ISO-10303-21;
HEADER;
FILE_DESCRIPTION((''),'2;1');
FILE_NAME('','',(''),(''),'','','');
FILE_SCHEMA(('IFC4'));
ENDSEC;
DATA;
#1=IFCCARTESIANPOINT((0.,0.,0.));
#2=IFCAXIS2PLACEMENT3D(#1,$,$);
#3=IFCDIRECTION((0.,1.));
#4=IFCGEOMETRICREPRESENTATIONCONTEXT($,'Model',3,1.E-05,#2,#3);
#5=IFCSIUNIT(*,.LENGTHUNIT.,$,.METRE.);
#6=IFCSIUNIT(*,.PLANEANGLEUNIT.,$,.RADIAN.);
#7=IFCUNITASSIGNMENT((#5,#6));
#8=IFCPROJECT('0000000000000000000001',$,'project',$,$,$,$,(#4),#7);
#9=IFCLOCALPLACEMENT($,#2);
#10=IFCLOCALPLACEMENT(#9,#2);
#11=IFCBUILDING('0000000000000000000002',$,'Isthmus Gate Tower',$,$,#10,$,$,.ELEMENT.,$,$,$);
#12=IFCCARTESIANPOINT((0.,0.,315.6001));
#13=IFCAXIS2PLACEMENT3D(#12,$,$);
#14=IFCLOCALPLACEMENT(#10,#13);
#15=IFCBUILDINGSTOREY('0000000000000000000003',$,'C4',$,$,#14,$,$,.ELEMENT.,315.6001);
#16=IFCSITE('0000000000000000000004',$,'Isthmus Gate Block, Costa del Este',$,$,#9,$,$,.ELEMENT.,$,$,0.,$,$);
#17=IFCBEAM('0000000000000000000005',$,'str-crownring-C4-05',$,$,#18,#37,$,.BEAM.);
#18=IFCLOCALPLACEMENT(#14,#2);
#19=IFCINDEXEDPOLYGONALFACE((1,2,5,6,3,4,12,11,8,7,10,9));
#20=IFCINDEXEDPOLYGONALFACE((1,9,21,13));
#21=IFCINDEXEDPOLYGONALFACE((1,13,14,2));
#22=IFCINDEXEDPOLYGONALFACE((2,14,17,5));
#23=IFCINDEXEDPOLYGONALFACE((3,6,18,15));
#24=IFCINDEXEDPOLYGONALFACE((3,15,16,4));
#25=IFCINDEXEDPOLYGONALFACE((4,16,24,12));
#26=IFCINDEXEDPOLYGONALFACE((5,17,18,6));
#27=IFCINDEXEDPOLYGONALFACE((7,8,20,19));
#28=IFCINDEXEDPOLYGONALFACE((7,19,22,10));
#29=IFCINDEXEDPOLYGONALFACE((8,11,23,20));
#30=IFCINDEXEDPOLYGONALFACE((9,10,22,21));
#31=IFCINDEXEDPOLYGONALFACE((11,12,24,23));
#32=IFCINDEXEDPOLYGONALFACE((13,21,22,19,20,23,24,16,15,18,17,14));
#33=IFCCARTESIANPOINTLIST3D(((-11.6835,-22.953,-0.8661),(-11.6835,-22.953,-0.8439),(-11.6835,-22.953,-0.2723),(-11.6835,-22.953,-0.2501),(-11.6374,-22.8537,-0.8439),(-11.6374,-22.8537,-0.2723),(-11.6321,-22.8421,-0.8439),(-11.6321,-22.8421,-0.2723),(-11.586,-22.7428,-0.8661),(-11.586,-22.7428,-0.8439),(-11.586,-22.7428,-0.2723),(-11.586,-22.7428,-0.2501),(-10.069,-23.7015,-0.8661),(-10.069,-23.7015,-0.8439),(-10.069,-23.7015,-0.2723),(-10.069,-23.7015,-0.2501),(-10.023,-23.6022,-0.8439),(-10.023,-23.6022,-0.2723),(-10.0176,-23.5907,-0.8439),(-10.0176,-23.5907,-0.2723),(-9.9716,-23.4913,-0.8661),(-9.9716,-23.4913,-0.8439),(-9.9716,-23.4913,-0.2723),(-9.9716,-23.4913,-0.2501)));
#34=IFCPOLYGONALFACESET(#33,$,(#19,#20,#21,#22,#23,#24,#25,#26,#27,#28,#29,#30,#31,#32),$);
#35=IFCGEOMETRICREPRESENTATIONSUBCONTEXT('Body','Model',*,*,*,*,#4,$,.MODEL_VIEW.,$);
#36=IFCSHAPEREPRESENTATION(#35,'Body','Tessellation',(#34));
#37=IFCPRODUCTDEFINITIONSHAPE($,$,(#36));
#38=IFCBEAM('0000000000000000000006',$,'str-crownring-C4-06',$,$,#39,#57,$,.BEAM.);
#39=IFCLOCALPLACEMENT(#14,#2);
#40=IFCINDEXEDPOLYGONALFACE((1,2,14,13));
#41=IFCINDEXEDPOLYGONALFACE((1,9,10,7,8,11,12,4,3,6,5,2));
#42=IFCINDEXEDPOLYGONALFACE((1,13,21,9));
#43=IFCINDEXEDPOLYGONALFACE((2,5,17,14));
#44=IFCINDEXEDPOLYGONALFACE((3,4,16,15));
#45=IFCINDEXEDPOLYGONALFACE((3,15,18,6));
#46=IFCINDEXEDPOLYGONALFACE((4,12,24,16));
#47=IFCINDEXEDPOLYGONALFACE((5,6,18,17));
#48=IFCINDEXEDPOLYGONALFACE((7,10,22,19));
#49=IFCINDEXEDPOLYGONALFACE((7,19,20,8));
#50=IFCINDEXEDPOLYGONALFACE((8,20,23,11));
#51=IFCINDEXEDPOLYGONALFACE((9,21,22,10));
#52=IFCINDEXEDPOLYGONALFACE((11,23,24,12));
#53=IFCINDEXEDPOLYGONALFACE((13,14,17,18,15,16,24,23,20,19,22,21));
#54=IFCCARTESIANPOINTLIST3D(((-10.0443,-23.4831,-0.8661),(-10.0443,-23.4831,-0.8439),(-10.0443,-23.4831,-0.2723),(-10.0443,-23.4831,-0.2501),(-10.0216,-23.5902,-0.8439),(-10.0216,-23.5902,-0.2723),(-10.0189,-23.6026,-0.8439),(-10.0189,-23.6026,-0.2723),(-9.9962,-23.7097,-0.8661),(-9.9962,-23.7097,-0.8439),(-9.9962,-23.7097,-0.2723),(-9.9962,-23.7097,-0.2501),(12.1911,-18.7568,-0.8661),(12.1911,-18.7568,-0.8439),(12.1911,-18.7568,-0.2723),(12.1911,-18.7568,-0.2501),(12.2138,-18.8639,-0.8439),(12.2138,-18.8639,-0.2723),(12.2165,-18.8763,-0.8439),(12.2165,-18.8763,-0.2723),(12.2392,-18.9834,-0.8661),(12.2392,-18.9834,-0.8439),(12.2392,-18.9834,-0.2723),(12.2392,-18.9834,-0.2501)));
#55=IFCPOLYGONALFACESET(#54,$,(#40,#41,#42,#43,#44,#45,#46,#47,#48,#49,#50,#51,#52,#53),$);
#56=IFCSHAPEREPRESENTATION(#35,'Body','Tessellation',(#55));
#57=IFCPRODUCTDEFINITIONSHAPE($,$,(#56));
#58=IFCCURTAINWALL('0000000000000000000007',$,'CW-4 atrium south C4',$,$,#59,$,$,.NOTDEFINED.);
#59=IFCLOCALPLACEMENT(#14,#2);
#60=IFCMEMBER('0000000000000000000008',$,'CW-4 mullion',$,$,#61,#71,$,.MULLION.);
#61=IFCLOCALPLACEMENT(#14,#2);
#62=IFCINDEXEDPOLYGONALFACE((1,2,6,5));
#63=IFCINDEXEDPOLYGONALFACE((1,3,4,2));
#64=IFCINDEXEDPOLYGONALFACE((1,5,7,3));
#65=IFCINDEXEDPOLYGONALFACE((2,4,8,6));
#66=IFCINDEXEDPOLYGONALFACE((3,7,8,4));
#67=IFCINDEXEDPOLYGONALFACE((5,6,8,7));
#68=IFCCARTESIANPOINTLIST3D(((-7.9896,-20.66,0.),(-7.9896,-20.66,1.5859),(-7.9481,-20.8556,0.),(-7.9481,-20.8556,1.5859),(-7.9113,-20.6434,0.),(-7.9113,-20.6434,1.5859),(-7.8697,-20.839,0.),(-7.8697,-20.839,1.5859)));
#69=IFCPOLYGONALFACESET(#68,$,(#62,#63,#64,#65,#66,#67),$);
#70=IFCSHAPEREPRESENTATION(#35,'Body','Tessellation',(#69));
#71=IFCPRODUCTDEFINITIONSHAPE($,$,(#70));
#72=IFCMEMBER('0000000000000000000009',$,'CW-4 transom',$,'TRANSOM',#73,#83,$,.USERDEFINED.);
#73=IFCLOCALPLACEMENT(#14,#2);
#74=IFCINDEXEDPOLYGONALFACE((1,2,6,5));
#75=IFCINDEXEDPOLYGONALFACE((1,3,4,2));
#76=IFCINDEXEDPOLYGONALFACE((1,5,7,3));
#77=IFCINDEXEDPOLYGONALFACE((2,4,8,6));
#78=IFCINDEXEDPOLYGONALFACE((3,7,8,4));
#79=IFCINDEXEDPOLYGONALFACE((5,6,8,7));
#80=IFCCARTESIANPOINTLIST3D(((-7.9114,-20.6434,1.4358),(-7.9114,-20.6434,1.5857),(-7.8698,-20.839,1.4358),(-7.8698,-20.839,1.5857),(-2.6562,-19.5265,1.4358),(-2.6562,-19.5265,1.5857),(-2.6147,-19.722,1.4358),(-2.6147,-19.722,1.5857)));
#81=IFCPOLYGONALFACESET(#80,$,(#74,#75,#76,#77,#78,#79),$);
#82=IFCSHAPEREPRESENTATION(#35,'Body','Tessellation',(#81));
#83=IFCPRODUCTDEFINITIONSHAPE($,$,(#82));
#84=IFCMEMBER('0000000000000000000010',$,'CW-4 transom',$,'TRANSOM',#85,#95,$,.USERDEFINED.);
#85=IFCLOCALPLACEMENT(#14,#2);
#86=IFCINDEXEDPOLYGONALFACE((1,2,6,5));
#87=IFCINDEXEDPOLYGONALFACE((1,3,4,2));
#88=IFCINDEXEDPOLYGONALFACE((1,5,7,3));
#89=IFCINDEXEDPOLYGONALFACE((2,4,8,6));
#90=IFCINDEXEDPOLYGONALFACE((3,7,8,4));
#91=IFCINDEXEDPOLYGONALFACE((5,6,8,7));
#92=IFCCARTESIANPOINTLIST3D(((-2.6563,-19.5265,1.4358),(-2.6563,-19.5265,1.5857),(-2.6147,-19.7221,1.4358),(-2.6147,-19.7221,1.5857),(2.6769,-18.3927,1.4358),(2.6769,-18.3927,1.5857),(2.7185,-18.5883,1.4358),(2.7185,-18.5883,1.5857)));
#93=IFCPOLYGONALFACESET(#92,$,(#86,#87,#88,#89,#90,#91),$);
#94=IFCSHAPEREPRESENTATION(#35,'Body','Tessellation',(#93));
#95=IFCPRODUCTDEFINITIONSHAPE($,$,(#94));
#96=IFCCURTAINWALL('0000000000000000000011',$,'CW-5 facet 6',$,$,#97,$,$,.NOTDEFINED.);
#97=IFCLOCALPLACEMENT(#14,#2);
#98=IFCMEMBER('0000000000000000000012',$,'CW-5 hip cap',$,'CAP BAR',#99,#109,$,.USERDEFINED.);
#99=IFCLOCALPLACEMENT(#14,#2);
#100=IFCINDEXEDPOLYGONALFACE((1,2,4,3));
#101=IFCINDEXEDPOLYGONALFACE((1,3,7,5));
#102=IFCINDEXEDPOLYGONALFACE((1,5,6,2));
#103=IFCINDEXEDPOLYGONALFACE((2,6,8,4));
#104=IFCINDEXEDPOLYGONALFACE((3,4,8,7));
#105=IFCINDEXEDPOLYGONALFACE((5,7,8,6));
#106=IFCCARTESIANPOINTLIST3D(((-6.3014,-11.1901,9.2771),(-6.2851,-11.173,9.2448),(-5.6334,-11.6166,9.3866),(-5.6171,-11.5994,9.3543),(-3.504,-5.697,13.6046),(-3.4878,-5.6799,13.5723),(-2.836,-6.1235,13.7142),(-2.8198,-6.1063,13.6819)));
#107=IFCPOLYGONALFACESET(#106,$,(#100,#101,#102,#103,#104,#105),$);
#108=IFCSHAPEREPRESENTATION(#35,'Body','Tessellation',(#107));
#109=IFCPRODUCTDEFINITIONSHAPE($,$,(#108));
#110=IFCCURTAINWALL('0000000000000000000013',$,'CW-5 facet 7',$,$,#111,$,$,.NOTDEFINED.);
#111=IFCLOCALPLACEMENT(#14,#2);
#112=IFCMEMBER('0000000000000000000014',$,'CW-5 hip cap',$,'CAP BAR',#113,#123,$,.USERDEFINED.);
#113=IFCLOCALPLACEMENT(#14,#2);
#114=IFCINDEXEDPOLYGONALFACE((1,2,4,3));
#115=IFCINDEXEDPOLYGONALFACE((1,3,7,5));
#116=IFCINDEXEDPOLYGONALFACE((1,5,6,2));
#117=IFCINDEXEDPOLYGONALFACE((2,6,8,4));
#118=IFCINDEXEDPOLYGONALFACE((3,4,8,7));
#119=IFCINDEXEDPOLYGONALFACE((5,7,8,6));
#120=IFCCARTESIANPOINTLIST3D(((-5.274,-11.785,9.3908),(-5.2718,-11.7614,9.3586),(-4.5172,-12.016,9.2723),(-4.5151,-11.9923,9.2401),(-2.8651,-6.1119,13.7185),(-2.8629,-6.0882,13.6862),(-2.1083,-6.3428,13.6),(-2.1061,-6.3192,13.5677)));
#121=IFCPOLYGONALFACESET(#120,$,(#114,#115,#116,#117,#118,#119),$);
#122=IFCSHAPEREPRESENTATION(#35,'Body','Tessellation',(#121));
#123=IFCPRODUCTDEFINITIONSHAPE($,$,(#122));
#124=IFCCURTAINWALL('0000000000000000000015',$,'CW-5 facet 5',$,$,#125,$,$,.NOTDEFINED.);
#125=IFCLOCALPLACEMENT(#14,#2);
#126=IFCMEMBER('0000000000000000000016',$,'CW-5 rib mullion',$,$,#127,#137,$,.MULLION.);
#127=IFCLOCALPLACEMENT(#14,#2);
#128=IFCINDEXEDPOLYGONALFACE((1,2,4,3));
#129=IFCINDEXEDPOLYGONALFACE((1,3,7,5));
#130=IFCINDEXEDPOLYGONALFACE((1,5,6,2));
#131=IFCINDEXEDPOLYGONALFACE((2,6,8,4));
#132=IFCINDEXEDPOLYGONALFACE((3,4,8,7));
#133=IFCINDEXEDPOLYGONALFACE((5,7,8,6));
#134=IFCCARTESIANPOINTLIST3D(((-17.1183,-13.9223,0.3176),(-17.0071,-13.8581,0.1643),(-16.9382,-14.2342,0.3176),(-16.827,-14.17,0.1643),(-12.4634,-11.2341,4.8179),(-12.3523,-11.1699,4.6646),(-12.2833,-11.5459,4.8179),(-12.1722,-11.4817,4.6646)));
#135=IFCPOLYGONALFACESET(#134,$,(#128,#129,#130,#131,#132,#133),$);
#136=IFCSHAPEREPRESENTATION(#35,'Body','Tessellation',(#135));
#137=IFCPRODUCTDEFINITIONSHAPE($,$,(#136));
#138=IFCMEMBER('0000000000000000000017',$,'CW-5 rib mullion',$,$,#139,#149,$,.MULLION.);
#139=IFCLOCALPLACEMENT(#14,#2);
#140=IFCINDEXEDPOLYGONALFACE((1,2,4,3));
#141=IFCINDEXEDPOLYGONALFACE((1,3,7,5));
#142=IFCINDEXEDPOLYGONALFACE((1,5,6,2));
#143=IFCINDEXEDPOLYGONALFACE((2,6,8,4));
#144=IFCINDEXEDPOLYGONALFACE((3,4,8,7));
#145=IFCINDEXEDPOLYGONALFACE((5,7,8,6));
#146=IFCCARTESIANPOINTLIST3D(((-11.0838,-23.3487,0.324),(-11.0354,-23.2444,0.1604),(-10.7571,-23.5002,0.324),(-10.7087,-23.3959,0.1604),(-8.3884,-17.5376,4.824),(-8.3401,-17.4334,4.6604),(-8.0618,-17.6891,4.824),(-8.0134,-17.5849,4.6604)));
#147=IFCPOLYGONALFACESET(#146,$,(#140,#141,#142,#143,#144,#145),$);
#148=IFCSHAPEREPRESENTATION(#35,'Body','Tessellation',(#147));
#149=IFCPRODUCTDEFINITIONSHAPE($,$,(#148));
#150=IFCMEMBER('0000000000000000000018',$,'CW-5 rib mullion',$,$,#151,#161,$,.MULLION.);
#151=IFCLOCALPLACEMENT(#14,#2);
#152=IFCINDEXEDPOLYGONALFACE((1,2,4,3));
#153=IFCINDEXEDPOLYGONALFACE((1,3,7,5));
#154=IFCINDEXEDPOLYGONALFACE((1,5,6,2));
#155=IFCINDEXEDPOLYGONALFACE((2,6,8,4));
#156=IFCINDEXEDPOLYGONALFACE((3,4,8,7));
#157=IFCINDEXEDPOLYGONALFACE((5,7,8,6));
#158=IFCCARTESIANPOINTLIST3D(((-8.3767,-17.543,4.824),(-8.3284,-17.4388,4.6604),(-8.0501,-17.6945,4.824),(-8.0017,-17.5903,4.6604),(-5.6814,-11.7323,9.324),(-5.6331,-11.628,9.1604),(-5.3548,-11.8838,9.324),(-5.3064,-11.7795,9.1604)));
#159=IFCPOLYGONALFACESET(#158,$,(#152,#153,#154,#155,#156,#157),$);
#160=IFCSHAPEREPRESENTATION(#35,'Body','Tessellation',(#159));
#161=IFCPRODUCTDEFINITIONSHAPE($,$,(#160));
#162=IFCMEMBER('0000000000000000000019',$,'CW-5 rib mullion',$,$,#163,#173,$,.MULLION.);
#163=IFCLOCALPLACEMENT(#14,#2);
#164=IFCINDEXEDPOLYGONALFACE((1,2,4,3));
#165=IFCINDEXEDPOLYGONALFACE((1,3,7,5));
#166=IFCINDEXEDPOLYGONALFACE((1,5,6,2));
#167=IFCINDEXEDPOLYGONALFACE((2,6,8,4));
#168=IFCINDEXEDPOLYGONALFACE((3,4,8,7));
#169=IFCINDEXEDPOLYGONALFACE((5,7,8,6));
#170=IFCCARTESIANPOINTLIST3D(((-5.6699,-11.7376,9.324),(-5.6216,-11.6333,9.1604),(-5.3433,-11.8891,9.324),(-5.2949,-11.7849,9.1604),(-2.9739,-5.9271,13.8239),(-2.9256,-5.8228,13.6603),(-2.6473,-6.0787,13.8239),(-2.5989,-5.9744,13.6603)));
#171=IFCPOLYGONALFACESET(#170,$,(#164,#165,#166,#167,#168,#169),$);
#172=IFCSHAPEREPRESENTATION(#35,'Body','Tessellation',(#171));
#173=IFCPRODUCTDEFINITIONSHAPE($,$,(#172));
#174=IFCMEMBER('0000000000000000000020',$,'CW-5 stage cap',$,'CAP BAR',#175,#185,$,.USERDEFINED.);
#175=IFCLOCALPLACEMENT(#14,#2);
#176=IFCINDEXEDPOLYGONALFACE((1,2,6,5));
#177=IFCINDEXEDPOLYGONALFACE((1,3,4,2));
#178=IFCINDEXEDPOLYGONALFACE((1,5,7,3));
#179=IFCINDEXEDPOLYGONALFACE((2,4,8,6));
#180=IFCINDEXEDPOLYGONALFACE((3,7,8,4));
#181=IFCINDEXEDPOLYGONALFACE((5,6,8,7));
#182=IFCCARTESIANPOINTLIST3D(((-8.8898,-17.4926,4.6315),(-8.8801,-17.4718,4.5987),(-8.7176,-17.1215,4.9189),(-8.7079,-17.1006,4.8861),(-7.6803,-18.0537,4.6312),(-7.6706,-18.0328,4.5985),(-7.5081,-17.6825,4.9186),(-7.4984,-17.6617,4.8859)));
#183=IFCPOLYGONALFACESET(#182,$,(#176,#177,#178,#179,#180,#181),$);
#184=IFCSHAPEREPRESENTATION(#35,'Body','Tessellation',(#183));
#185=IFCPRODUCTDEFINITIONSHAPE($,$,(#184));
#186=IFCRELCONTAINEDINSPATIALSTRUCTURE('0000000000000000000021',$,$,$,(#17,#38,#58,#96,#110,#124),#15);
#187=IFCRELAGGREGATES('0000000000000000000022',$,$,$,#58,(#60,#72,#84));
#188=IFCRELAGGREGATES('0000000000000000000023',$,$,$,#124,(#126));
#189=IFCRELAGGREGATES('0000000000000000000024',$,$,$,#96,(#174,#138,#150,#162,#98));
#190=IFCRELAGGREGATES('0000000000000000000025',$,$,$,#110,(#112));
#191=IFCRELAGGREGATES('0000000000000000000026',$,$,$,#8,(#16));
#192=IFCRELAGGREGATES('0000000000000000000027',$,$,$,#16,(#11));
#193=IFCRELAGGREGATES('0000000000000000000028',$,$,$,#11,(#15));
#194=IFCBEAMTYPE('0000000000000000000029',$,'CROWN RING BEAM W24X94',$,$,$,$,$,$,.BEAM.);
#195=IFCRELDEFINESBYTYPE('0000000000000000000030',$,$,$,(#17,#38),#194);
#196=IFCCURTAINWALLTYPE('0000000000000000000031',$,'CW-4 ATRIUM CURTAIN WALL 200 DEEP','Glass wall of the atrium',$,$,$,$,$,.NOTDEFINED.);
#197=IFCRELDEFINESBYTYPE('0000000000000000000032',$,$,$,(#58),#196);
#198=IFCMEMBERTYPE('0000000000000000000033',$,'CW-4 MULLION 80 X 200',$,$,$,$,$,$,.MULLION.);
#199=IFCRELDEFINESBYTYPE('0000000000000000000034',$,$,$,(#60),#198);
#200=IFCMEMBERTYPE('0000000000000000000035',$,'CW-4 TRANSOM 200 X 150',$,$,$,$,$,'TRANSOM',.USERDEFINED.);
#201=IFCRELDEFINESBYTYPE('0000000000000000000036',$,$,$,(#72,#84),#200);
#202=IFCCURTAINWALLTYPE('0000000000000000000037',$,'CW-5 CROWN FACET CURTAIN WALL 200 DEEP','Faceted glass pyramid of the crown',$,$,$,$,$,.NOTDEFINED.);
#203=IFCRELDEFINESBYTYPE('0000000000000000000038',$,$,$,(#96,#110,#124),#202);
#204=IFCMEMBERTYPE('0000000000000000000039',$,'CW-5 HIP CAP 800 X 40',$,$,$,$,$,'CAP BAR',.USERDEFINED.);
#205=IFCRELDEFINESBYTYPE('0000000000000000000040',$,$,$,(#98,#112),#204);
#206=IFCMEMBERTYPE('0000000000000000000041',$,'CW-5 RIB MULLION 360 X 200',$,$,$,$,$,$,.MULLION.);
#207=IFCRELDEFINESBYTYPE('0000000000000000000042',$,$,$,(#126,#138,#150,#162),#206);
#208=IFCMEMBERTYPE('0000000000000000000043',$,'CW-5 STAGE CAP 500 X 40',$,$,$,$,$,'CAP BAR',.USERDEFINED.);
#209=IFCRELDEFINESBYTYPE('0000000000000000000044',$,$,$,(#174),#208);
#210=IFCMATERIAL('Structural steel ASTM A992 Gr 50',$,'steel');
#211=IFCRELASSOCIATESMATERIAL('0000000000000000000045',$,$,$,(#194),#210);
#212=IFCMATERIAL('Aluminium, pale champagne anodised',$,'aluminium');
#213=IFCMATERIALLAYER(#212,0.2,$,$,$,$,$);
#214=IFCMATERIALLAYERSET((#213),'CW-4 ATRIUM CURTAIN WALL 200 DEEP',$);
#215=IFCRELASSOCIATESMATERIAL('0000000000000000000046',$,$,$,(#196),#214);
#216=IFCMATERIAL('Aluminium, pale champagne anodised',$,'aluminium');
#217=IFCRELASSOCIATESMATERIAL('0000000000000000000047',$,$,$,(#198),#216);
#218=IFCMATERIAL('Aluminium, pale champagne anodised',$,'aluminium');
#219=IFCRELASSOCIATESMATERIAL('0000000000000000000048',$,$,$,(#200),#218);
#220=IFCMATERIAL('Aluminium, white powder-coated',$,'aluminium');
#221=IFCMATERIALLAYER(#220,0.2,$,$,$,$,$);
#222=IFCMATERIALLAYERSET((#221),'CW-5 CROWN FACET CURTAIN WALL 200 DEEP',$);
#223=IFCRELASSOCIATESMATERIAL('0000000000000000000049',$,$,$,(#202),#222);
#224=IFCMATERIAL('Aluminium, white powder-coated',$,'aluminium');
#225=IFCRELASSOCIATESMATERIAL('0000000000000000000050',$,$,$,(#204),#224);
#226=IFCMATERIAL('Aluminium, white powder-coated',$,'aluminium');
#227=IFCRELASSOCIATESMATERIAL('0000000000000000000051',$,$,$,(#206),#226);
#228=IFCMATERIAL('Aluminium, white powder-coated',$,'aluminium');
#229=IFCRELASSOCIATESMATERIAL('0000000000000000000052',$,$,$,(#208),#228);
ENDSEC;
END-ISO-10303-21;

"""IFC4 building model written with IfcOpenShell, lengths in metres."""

from ifc_helpers import new_model, si_unit, direction, frame, origin, origin_2d, place, context, subcontext, project, spatial, rectangle, i_section, extrude, material, layer, layer_set, material_profile, profile_set, type_object, element, aggregate, save


model = new_model("IFC4")

# Units and contexts
model_context = context("Model", 3, precision=1e-05, world=origin(), true_north=direction((0.0, 1.0)))
body_context = subcontext(model_context, "Body", "Model", "MODEL_VIEW")
ifc_project = project(units=[si_unit("LENGTHUNIT", "METRE"), si_unit("PLANEANGLEUNIT", "RADIAN")], contexts=[model_context])

# Site, building, storey
site_placement = place(None, origin())
site = spatial("IfcSite", under=ifc_project, at=site_placement, Name="Isthmus Gate Block, Costa del Este", CompositionType="ELEMENT", RefElevation=0.0)
building_placement = place(site_placement, origin())
building = spatial("IfcBuilding", under=site, at=building_placement, Name="Isthmus Gate Tower", CompositionType="ELEMENT")
storey_placement = place(building_placement, frame((0.0, 0.0, 315.6001)))
storey = spatial("IfcBuildingStorey", under=building, at=storey_placement, Name="C4", CompositionType="ELEMENT", Elevation=315.6001)

# Beams
ifc_material_1 = material(Name="Structural steel ASTM A992 Gr 50", Category="steel")
ifc_material_profile_1 = material_profile(ifc_material_1, i_section(OverallWidth=0.2317, OverallDepth=0.616, WebThickness=0.0127, FlangeThickness=0.0222, at=origin_2d()), Name="W24X94")
ifc_profile_set_1 = profile_set([ifc_material_profile_1], Name="Structural steel ASTM A992 Gr 50")
beam_type = type_object("IfcBeamType", Name="CROWN RING BEAM W24X94", PredefinedType="BEAM", material=ifc_profile_set_1)
beam_1_placement = place(storey_placement, frame((-11.6348, -22.8479, -0.5581), z_axis=(0.907235, -0.420624, 0.0), x_axis=(0.420624, 0.907235, 0.0)))
element("IfcBeam", 1, at=beam_1_placement, inside=storey, type_object=beam_type, Name="str-crownring-C4-05", PredefinedType="BEAM", context=body_context, shape_type="SweptSolid", body=[
    extrude(i_section(OverallWidth=0.2317, OverallDepth=0.616, WebThickness=0.0127, FlangeThickness=0.0222, at=origin_2d()), origin(), (0.0, 0.0, 1.0), 1.7795),
])
beam_2_placement = place(storey_placement, frame((-10.0203, -23.5964, -0.5581), z_axis=(0.978147, 0.207914, 0.0), x_axis=(-0.207914, 0.978147, 0.0)))
element("IfcBeam", 2, at=beam_2_placement, inside=storey, type_object=beam_type, Name="str-crownring-C4-06", PredefinedType="BEAM", context=body_context, shape_type="SweptSolid", body=[
    extrude(i_section(OverallWidth=0.2317, OverallDepth=0.616, WebThickness=0.0127, FlangeThickness=0.0222, at=origin_2d()), origin(), (0.0, 0.0, 1.0), 22.7322),
])

# Curtain wall, members
ifc_material_2 = material(Name="Aluminium, pale champagne anodised", Category="aluminium")
ifc_layer_1 = layer(ifc_material_2, 0.2)
ifc_layer_set_1 = layer_set([ifc_layer_1], Name="CW-4 ATRIUM CURTAIN WALL 200 DEEP")
curtain_wall_type_1 = type_object("IfcCurtainWallType", Name="CW-4 ATRIUM CURTAIN WALL 200 DEEP", Description="Glass wall of the atrium", PredefinedType="NOTDEFINED", material=ifc_layer_set_1)
curtain_wall_1_placement = place(storey_placement, origin())
curtain_wall_1 = element("IfcCurtainWall", 3, at=curtain_wall_1_placement, inside=storey, type_object=curtain_wall_type_1, Name="CW-4 atrium south C4", PredefinedType="NOTDEFINED")
ifc_material_3 = material(Name="Aluminium, pale champagne anodised", Category="aluminium")
ifc_material_profile_2 = material_profile(ifc_material_3, rectangle(XDim=0.0801, YDim=0.2, at=origin_2d()), Name="80x200")
ifc_profile_set_2 = profile_set([ifc_material_profile_2], Name="Aluminium, pale champagne anodised")
member_type_1 = type_object("IfcMemberType", Name="CW-4 MULLION 80 X 200", PredefinedType="MULLION", material=ifc_profile_set_2)
member_1_placement = place(storey_placement, frame((-7.9297, -20.7495, 0.0), z_axis=(0.0, 0.0, 1.0), x_axis=(0.978148, 0.207912, 0.0)))
member_1 = element("IfcMember", 4, at=member_1_placement, type_object=member_type_1, Name="CW-4 mullion", PredefinedType="MULLION", context=body_context, shape_type="SweptSolid", body=[
    extrude(rectangle(XDim=0.0801, YDim=0.2, at=origin_2d()), origin(), (0.0, 0.0, 1.0), 1.5859),
])
ifc_material_4 = material(Name="Aluminium, pale champagne anodised", Category="aluminium")
ifc_material_profile_3 = material_profile(ifc_material_4, rectangle(XDim=0.2, YDim=0.1499, at=origin_2d()), Name="200x150")
ifc_profile_set_3 = profile_set([ifc_material_profile_3], Name="Aluminium, pale champagne anodised")
member_type_2 = type_object("IfcMemberType", Name="CW-4 TRANSOM 200 X 150", ElementType="TRANSOM", PredefinedType="USERDEFINED", material=ifc_profile_set_3)
member_2_placement = place(storey_placement, frame((-7.8906, -20.7412, 1.5107), z_axis=(0.97815, 0.2079, 0.0), x_axis=(-0.2079, 0.97815, 0.0)))
member_2 = element("IfcMember", 5, at=member_2_placement, type_object=member_type_2, Name="CW-4 transom", ObjectType="TRANSOM", PredefinedType="USERDEFINED", context=body_context, shape_type="SweptSolid", body=[
    extrude(rectangle(XDim=0.2, YDim=0.1499, at=origin_2d()), origin(), (0.0, 0.0, 1.0), 5.3726),
])
member_3_placement = place(storey_placement, frame((-2.6355, -19.6243, 1.5107), z_axis=(0.978141, 0.207942, 0.0), x_axis=(-0.207942, 0.978141, 0.0)))
member_3 = element("IfcMember", 6, at=member_3_placement, type_object=member_type_2, Name="CW-4 transom", ObjectType="TRANSOM", PredefinedType="USERDEFINED", context=body_context, shape_type="SweptSolid", body=[
    extrude(rectangle(XDim=0.2, YDim=0.1499, at=origin_2d()), origin(), (0.0, 0.0, 1.0), 5.4524),
])

# Curtain walls, members
ifc_material_5 = material(Name="Aluminium, white powder-coated", Category="aluminium")
ifc_layer_2 = layer(ifc_material_5, 0.2)
ifc_layer_set_2 = layer_set([ifc_layer_2], Name="CW-5 CROWN FACET CURTAIN WALL 200 DEEP")
curtain_wall_type_2 = type_object("IfcCurtainWallType", Name="CW-5 CROWN FACET CURTAIN WALL 200 DEEP", Description="Faceted glass pyramid of the crown", PredefinedType="NOTDEFINED", material=ifc_layer_set_2)
curtain_wall_2_placement = place(storey_placement, origin())
curtain_wall_2 = element("IfcCurtainWall", 7, at=curtain_wall_2_placement, inside=storey, type_object=curtain_wall_type_2, Name="CW-5 facet 6", PredefinedType="NOTDEFINED")
ifc_material_6 = material(Name="Aluminium, white powder-coated", Category="aluminium")
ifc_material_profile_4 = material_profile(ifc_material_6, rectangle(XDim=0.8, YDim=0.04, at=origin_2d()), Name="800x40")
ifc_profile_set_4 = profile_set([ifc_material_profile_4], Name="Aluminium, white powder-coated")
member_type_3 = type_object("IfcMemberType", Name="CW-5 HIP CAP 800 X 40", ElementType="CAP BAR", PredefinedType="USERDEFINED", material=ifc_profile_set_4)
placement_1 = place(building_placement, frame((0.0, 0.0, 324.6001)))
member_4_placement = place(placement_1, frame((-5.9592, -11.3948, 0.3157), z_axis=(0.371405, 0.729326, 0.574579), x_axis=(-0.834947, 0.533034, -0.136886)))
member_4 = element("IfcMember", 8, at=member_4_placement, type_object=member_type_3, Name="CW-5 hip cap", ObjectType="CAP BAR", PredefinedType="USERDEFINED", context=body_context, shape_type="SweptSolid", body=[
    extrude(rectangle(XDim=0.8, YDim=0.04, at=origin_2d()), origin(), (0.0, 0.0, 1.0), 7.5317),
])
curtain_wall_3_placement = place(storey_placement, origin())
curtain_wall_3 = element("IfcCurtainWall", 9, at=curtain_wall_3_placement, inside=storey, type_object=curtain_wall_type_2, Name="CW-5 facet 7", PredefinedType="NOTDEFINED")
member_5_placement = place(placement_1, frame((-4.8945, -11.8887, 0.3154), z_axis=(0.319871, 0.753303, 0.574646), x_axis=(-0.945904, 0.288666, 0.148116)))
member_5 = element("IfcMember", 10, at=member_5_placement, type_object=member_type_3, Name="CW-5 hip cap", ObjectType="CAP BAR", PredefinedType="USERDEFINED", context=body_context, shape_type="SweptSolid", body=[
    extrude(rectangle(XDim=0.8, YDim=0.04, at=origin_2d()), origin(), (0.0, 0.0, 1.0), 7.531),
])
curtain_wall_4_placement = place(storey_placement, origin())
curtain_wall_4 = element("IfcCurtainWall", 11, at=curtain_wall_4_placement, inside=storey, type_object=curtain_wall_type_2, Name="CW-5 facet 5", PredefinedType="NOTDEFINED")
ifc_material_7 = material(Name="Aluminium, white powder-coated", Category="aluminium")
ifc_material_profile_5 = material_profile(ifc_material_7, rectangle(XDim=0.3601, YDim=0.2, at=origin_2d()), Name="360x200")
ifc_profile_set_5 = profile_set([ifc_material_profile_5], Name="Aluminium, white powder-coated")
member_type_4 = type_object("IfcMemberType", Name="CW-5 RIB MULLION 360 X 200", PredefinedType="MULLION", material=ifc_profile_set_5)
member_6_placement = place(storey_placement, frame((-16.9727, -14.0461, 0.241), z_axis=(0.663982, 0.383463, 0.641938), x_axis=(-0.50011, 0.865962, 0.0)))
member_6 = element("IfcMember", 12, at=member_6_placement, type_object=member_type_4, Name="CW-5 rib mullion", PredefinedType="MULLION", context=body_context, shape_type="SweptSolid", body=[
    extrude(rectangle(XDim=0.3601, YDim=0.2, at=origin_2d()), origin(), (0.0, 0.0, 1.0), 7.0105),
])

# Members
member_7_placement = place(storey_placement, frame((-10.8962, -23.3723, 0.2422), z_axis=(0.344302, 0.742308, 0.574835), x_axis=(-0.907168, 0.420769, 0.0)))
member_7 = element("IfcMember", 13, at=member_7_placement, type_object=member_type_4, Name="CW-5 rib mullion", PredefinedType="MULLION", context=body_context, shape_type="SweptSolid", body=[
    extrude(rectangle(XDim=0.3601, YDim=0.2, at=origin_2d()), origin(), (0.0, 0.0, 1.0), 7.8284),
])
placement_2 = place(building_placement, frame((0.0, 0.0, 320.1001)))
member_8_placement = place(placement_2, frame((-8.1892, -17.5667, 0.2422), z_axis=(0.34431, 0.742294, 0.574848), x_axis=(-0.907161, 0.420783, 0.0)))
member_8 = element("IfcMember", 14, at=member_8_placement, type_object=member_type_4, Name="CW-5 rib mullion", PredefinedType="MULLION", context=body_context, shape_type="SweptSolid", body=[
    extrude(rectangle(XDim=0.3601, YDim=0.2, at=origin_2d()), origin(), (0.0, 0.0, 1.0), 7.8281),
])
member_9_placement = place(placement_1, frame((-5.4824, -11.7612, 0.2422), z_axis=(0.344401, 0.742256, 0.574843), x_axis=(-0.907111, 0.420892, 0.0)))
member_9 = element("IfcMember", 15, at=member_9_placement, type_object=member_type_4, Name="CW-5 rib mullion", PredefinedType="MULLION", context=body_context, shape_type="SweptSolid", body=[
    extrude(rectangle(XDim=0.3601, YDim=0.2, at=origin_2d()), origin(), (0.0, 0.0, 1.0), 7.8281),
])
ifc_material_8 = material(Name="Aluminium, white powder-coated", Category="aluminium")
ifc_material_profile_6 = material_profile(ifc_material_8, rectangle(XDim=0.5, YDim=0.04, at=origin_2d()), Name="500x40")
ifc_profile_set_6 = profile_set([ifc_material_profile_6], Name="Aluminium, white powder-coated")
member_type_5 = type_object("IfcMemberType", Name="CW-5 STAGE CAP 500 X 40", ElementType="CAP BAR", PredefinedType="USERDEFINED", material=ifc_profile_set_6)
member_10_placement = place(storey_placement, frame((-8.7988, -17.2966, 4.7588), z_axis=(0.907154, -0.420799, -0.000183), x_axis=(0.34442, 0.742247, 0.574843)))
member_10 = element("IfcMember", 16, at=member_10_placement, type_object=member_type_5, Name="CW-5 stage cap", ObjectType="CAP BAR", PredefinedType="USERDEFINED", context=body_context, shape_type="SweptSolid", body=[
    extrude(rectangle(XDim=0.5, YDim=0.04, at=origin_2d()), origin(), (0.0, 0.0, 1.0), 1.3333),
])

aggregate(curtain_wall_1, [member_1, member_2, member_3])
aggregate(curtain_wall_4, [member_6])
aggregate(curtain_wall_2, [member_10, member_7, member_8, member_9, member_4])
aggregate(curtain_wall_3, [member_5])

save(model, "model.ifc")
